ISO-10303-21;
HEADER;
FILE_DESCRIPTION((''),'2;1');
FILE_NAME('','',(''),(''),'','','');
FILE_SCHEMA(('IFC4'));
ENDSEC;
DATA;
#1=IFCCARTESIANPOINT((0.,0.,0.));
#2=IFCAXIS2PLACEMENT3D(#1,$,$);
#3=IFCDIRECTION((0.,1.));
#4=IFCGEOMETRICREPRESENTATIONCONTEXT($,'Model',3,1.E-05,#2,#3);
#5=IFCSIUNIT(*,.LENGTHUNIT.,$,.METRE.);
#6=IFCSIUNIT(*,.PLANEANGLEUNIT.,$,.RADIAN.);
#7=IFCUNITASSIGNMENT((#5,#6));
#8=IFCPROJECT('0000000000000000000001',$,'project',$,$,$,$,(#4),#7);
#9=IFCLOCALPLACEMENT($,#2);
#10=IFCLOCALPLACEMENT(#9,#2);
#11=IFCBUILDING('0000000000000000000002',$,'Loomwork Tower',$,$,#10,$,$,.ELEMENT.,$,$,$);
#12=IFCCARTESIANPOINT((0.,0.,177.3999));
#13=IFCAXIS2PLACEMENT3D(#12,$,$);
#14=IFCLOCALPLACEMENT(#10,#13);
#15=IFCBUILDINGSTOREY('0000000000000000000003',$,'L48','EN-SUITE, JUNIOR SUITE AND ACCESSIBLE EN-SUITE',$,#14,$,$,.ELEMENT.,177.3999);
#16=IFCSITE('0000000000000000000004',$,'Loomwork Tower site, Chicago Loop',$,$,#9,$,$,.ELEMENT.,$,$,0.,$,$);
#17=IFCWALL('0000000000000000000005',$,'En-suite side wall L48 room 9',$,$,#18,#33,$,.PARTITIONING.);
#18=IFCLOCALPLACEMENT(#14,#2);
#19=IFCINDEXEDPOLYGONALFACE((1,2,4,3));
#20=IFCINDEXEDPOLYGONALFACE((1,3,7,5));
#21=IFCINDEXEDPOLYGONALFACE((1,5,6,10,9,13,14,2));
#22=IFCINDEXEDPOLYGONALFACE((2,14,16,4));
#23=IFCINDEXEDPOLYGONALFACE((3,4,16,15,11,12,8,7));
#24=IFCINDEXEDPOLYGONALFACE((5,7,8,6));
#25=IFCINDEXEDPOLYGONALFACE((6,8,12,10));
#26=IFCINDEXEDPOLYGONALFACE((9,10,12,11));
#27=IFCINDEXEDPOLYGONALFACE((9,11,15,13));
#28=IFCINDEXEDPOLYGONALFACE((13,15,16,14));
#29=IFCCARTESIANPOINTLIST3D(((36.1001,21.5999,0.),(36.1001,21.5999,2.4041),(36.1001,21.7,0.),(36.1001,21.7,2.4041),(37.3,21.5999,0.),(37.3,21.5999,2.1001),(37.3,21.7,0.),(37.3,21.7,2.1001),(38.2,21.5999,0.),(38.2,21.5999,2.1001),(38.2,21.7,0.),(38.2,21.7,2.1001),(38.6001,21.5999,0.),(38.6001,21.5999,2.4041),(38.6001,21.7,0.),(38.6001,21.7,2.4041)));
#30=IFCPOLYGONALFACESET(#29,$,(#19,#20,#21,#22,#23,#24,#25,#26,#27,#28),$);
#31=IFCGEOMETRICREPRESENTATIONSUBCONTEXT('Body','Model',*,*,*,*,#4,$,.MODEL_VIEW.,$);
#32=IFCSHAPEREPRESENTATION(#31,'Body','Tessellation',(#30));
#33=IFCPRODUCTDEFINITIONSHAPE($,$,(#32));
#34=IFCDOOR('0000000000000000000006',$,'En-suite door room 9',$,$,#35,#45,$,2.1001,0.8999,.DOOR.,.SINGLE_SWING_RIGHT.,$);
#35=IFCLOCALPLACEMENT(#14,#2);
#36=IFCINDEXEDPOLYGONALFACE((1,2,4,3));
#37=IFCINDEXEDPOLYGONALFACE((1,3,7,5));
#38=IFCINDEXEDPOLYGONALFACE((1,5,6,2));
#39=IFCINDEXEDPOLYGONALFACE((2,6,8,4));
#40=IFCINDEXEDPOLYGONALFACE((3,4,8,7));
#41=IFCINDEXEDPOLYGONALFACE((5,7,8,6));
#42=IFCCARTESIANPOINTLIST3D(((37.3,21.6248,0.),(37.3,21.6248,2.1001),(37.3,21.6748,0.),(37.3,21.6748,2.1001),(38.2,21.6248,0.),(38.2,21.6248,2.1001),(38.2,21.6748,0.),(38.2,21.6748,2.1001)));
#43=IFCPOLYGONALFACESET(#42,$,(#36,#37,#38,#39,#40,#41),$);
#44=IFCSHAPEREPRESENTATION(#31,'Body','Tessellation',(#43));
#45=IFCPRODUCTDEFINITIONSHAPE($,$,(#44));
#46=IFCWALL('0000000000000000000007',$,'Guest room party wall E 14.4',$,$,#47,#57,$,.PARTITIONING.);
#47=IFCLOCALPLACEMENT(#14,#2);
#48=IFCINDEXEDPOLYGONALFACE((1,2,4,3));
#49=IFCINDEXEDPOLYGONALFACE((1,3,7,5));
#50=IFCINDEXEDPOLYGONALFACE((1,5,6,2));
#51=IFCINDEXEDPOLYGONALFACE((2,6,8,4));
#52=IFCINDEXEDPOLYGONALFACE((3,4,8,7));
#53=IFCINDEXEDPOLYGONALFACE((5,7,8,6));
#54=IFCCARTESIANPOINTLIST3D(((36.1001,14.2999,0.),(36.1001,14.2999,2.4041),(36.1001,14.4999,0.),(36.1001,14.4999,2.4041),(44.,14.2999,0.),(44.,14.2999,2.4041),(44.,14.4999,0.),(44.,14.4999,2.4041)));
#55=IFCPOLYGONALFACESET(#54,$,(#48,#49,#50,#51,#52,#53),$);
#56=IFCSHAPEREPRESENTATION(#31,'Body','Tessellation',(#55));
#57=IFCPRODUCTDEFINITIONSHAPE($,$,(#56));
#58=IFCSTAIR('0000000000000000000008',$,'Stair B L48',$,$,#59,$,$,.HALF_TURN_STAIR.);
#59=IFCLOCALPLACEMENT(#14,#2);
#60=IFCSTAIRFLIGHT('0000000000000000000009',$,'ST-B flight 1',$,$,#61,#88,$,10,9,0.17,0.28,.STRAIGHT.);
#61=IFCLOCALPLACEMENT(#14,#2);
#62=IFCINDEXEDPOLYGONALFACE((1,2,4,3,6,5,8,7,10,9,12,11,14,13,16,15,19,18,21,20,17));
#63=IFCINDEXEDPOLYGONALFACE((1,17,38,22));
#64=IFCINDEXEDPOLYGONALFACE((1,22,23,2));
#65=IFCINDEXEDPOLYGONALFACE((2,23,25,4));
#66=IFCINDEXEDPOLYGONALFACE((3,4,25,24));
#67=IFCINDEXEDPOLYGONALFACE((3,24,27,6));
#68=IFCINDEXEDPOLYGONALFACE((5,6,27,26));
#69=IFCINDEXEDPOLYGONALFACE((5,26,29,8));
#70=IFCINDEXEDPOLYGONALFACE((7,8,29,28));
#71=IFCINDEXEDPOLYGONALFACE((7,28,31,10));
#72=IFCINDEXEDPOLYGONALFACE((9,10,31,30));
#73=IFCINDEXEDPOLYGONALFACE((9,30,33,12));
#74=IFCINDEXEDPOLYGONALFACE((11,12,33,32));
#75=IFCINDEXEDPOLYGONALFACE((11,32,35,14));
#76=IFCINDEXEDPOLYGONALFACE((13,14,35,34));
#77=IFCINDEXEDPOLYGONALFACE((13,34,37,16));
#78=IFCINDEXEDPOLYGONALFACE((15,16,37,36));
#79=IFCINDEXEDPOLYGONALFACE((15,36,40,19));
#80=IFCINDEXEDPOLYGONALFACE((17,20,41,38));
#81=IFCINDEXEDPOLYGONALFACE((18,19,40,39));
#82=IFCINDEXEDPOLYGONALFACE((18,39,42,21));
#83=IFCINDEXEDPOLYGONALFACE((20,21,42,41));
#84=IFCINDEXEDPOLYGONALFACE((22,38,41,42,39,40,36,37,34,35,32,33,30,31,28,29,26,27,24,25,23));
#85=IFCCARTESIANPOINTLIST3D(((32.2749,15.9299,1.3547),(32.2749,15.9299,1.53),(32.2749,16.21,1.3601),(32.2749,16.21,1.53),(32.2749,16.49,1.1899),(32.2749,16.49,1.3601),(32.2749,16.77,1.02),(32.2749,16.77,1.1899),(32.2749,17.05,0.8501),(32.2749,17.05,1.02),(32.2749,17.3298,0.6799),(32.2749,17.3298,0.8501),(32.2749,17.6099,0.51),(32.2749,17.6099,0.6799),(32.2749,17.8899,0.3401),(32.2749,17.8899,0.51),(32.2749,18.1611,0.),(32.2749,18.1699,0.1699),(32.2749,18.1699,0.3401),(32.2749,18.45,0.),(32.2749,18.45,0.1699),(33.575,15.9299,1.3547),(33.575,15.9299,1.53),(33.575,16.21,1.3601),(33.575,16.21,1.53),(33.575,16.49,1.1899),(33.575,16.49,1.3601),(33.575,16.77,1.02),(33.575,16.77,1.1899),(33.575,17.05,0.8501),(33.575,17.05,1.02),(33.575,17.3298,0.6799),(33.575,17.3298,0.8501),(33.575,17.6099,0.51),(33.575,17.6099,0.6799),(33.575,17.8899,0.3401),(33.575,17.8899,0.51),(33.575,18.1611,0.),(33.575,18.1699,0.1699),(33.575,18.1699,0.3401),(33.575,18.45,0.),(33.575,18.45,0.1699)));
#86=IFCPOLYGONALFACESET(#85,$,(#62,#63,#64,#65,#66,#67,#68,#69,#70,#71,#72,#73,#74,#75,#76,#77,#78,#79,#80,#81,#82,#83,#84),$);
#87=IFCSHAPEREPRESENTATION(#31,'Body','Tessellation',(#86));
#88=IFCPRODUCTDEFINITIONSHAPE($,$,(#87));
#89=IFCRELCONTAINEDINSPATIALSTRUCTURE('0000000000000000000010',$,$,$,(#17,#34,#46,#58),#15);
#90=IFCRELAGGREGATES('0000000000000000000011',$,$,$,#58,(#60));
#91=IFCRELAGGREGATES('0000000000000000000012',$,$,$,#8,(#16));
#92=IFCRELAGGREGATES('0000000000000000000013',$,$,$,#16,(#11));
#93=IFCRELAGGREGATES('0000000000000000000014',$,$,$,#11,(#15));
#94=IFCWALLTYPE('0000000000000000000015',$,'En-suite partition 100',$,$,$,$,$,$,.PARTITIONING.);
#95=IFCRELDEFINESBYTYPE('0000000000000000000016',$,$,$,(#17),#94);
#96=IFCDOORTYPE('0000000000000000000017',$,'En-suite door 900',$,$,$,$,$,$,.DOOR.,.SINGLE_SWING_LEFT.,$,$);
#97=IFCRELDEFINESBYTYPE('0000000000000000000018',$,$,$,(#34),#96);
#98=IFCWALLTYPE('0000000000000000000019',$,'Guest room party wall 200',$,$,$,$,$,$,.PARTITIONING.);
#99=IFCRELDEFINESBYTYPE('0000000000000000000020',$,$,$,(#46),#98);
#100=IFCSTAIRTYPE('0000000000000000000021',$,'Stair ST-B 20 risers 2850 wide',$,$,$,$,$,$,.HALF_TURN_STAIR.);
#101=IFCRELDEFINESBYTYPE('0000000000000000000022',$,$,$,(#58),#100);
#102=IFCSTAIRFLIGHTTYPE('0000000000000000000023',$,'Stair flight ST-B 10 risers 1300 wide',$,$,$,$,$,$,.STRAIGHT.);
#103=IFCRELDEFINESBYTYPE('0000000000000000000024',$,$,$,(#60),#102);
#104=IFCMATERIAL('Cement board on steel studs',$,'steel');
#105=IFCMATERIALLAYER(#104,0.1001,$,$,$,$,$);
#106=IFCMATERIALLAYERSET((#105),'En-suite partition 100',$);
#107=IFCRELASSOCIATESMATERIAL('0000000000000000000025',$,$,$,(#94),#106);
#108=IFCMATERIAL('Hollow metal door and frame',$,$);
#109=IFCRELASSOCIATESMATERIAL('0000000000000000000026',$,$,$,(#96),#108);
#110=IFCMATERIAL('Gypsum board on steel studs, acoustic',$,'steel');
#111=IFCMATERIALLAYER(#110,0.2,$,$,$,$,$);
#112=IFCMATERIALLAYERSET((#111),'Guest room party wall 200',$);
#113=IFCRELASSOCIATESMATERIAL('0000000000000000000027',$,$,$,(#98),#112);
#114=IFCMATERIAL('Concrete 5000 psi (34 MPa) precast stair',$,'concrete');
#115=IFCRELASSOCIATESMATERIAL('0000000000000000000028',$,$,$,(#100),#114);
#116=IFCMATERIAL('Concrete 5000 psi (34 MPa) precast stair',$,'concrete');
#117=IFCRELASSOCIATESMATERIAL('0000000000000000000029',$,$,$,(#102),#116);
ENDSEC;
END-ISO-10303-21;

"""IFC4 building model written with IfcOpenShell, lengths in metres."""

from ifc_helpers import new_model, si_unit, direction, frame, frame_2d, origin, place, context, subcontext, project, spatial, polyline, rectangle, outline, extrude, material, layer, layer_set, type_object, element, fill, aggregate, save


model = new_model("IFC4")

# Units and contexts
model_context = context("Model", 3, precision=1e-05, world=origin(), true_north=direction((0.0, 1.0)))
body_context = subcontext(model_context, "Body", "Model", "MODEL_VIEW")
ifc_project = project(units=[si_unit("LENGTHUNIT", "METRE"), si_unit("PLANEANGLEUNIT", "RADIAN")], contexts=[model_context])

# Site, building, storey
site_placement = place(None, origin())
site = spatial("IfcSite", under=ifc_project, at=site_placement, Name="Loomwork Tower site, Chicago Loop", CompositionType="ELEMENT", RefElevation=0.0)
building_placement = place(site_placement, origin())
building = spatial("IfcBuilding", under=site, at=building_placement, Name="Loomwork Tower", CompositionType="ELEMENT")
storey_placement = place(building_placement, frame((0.0, 0.0, 177.3999)))
storey = spatial("IfcBuildingStorey", under=building, at=storey_placement, Name="L48", Description="EN-SUITE, JUNIOR SUITE AND ACCESSIBLE EN-SUITE", CompositionType="ELEMENT", Elevation=177.3999)

# Wall, opening, door
ifc_material_1 = material(Name="Cement board on steel studs", Category="steel")
ifc_layer_1 = layer(ifc_material_1, 0.1001)
ifc_layer_set_1 = layer_set([ifc_layer_1], Name="En-suite partition 100")
wall_type_1 = type_object("IfcWallType", Name="En-suite partition 100", PredefinedType="PARTITIONING", material=ifc_layer_set_1)
ifc_material_2 = material(Name="Hollow metal door and frame")
door_type_1 = type_object("IfcDoorType", Name="En-suite door 900", OperationType="SINGLE_SWING_LEFT", PredefinedType="DOOR", material=ifc_material_2)
wall_1_placement = place(storey_placement, frame((36.1001, 21.6499, 0.0), z_axis=(0.0, 0.0, 1.0), x_axis=(1.0, 0.0, 0.0)))
wall_1 = element("IfcWall", 1, at=wall_1_placement, inside=storey, type_object=wall_type_1, Name="En-suite side wall L48 room 9", PredefinedType="PARTITIONING", context=body_context, shape_type="SweptSolid", body=[
    extrude(rectangle(XDim=2.5, YDim=0.1001, at=frame_2d((1.25, 0.0))), origin(), (0.0, 0.0, 1.0), 2.4041),
])
opening_1_placement = place(wall_1_placement, frame((1.2, 0.0, 0.0)))
opening_1 = element("IfcOpeningElement", 2, at=opening_1_placement, cuts=wall_1, PredefinedType="OPENING", context=body_context, shape_type="SweptSolid", body=[
    extrude(rectangle(XDim=0.8999, YDim=2.1001, at=frame_2d((0.45, 1.05))), frame((0.0, 0.0601, 0.0), z_axis=(0.0, -1.0, 0.0), x_axis=(1.0, 0.0, 0.0)), (0.0, 0.0, 1.0), 0.1201),
])
door_1_placement = place(opening_1_placement, origin())
door_1 = element("IfcDoor", 3, at=door_1_placement, inside=storey, type_object=door_type_1, Name="En-suite door room 9", OperationType="SINGLE_SWING_RIGHT", OverallHeight=2.1001, OverallWidth=0.8999, PredefinedType="DOOR", context=body_context, shape_type="SweptSolid", body=[
    extrude(rectangle(XDim=0.8999, YDim=2.1001, at=frame_2d((0.45, 1.05))), frame((0.0, 0.0249, 0.0), z_axis=(0.0, -1.0, 0.0), x_axis=(1.0, 0.0, 0.0)), (0.0, 0.0, 1.0), 0.05),
])
fill(opening_1, door_1)

# Wall
ifc_material_3 = material(Name="Gypsum board on steel studs, acoustic", Category="steel")
ifc_layer_2 = layer(ifc_material_3, 0.2)
ifc_layer_set_2 = layer_set([ifc_layer_2], Name="Guest room party wall 200")
wall_type_2 = type_object("IfcWallType", Name="Guest room party wall 200", PredefinedType="PARTITIONING", material=ifc_layer_set_2)
wall_2_placement = place(storey_placement, frame((36.1001, 14.3999, 0.0), z_axis=(0.0, 0.0, 1.0), x_axis=(1.0, 0.0, 0.0)))
element("IfcWall", 4, at=wall_2_placement, inside=storey, type_object=wall_type_2, Name="Guest room party wall E 14.4", PredefinedType="PARTITIONING", context=body_context, shape_type="SweptSolid", body=[
    extrude(rectangle(XDim=7.8999, YDim=0.2, at=frame_2d((3.95, 0.0))), origin(), (0.0, 0.0, 1.0), 2.4041),
])

# Stair, stair flight
ifc_material_4 = material(Name="Concrete 5000 psi (34 MPa) precast stair", Category="concrete")
stair_type = type_object("IfcStairType", Name="Stair ST-B 20 risers 2850 wide", PredefinedType="HALF_TURN_STAIR", material=ifc_material_4)
stair_placement = place(storey_placement, origin())
stair = element("IfcStair", 5, at=stair_placement, inside=storey, type_object=stair_type, Name="Stair B L48", PredefinedType="HALF_TURN_STAIR")
ifc_material_5 = material(Name="Concrete 5000 psi (34 MPa) precast stair", Category="concrete")
stair_flight_type = type_object("IfcStairFlightType", Name="Stair flight ST-B 10 risers 1300 wide", PredefinedType="STRAIGHT", material=ifc_material_5)
stair_flight_placement = place(storey_placement, frame((32.925, 18.45, 0.0), z_axis=(0.0, 0.0, 1.0), x_axis=(0.0, -1.0, 0.0)))
stair_flight = element("IfcStairFlight", 6, at=stair_flight_placement, type_object=stair_flight_type, Name="ST-B flight 1", NumberOfRisers=10, NumberOfTreads=9, PredefinedType="STRAIGHT", RiserHeight=0.17, TreadLength=0.28, context=body_context, shape_type="SweptSolid", body=[
    extrude(outline(polyline([(0.0, 0.0), (0.0, 0.1699), (0.28, 0.1699), (0.28, 0.3401), (0.5601, 0.3401), (0.5601, 0.51), (0.8401, 0.51), (0.8401, 0.6799), (1.1201, 0.6799), (1.1201, 0.8501), (1.3999, 0.8501), (1.3999, 1.02), (1.6799, 1.02), (1.6799, 1.1899), (1.96, 1.1899), (1.96, 1.3601), (2.24, 1.3601), (2.24, 1.53), (2.52, 1.53), (2.52, 1.7), (2.52, 1.3547), (0.2888, 0.0), (0.0, 0.0)])), frame((0.0, 0.6499, 0.0), z_axis=(0.0, -1.0, 0.0), x_axis=(1.0, 0.0, 0.0)), (0.0, 0.0, 1.0), 1.3),
])
aggregate(stair, [stair_flight])

save(model, "model.ifc")
